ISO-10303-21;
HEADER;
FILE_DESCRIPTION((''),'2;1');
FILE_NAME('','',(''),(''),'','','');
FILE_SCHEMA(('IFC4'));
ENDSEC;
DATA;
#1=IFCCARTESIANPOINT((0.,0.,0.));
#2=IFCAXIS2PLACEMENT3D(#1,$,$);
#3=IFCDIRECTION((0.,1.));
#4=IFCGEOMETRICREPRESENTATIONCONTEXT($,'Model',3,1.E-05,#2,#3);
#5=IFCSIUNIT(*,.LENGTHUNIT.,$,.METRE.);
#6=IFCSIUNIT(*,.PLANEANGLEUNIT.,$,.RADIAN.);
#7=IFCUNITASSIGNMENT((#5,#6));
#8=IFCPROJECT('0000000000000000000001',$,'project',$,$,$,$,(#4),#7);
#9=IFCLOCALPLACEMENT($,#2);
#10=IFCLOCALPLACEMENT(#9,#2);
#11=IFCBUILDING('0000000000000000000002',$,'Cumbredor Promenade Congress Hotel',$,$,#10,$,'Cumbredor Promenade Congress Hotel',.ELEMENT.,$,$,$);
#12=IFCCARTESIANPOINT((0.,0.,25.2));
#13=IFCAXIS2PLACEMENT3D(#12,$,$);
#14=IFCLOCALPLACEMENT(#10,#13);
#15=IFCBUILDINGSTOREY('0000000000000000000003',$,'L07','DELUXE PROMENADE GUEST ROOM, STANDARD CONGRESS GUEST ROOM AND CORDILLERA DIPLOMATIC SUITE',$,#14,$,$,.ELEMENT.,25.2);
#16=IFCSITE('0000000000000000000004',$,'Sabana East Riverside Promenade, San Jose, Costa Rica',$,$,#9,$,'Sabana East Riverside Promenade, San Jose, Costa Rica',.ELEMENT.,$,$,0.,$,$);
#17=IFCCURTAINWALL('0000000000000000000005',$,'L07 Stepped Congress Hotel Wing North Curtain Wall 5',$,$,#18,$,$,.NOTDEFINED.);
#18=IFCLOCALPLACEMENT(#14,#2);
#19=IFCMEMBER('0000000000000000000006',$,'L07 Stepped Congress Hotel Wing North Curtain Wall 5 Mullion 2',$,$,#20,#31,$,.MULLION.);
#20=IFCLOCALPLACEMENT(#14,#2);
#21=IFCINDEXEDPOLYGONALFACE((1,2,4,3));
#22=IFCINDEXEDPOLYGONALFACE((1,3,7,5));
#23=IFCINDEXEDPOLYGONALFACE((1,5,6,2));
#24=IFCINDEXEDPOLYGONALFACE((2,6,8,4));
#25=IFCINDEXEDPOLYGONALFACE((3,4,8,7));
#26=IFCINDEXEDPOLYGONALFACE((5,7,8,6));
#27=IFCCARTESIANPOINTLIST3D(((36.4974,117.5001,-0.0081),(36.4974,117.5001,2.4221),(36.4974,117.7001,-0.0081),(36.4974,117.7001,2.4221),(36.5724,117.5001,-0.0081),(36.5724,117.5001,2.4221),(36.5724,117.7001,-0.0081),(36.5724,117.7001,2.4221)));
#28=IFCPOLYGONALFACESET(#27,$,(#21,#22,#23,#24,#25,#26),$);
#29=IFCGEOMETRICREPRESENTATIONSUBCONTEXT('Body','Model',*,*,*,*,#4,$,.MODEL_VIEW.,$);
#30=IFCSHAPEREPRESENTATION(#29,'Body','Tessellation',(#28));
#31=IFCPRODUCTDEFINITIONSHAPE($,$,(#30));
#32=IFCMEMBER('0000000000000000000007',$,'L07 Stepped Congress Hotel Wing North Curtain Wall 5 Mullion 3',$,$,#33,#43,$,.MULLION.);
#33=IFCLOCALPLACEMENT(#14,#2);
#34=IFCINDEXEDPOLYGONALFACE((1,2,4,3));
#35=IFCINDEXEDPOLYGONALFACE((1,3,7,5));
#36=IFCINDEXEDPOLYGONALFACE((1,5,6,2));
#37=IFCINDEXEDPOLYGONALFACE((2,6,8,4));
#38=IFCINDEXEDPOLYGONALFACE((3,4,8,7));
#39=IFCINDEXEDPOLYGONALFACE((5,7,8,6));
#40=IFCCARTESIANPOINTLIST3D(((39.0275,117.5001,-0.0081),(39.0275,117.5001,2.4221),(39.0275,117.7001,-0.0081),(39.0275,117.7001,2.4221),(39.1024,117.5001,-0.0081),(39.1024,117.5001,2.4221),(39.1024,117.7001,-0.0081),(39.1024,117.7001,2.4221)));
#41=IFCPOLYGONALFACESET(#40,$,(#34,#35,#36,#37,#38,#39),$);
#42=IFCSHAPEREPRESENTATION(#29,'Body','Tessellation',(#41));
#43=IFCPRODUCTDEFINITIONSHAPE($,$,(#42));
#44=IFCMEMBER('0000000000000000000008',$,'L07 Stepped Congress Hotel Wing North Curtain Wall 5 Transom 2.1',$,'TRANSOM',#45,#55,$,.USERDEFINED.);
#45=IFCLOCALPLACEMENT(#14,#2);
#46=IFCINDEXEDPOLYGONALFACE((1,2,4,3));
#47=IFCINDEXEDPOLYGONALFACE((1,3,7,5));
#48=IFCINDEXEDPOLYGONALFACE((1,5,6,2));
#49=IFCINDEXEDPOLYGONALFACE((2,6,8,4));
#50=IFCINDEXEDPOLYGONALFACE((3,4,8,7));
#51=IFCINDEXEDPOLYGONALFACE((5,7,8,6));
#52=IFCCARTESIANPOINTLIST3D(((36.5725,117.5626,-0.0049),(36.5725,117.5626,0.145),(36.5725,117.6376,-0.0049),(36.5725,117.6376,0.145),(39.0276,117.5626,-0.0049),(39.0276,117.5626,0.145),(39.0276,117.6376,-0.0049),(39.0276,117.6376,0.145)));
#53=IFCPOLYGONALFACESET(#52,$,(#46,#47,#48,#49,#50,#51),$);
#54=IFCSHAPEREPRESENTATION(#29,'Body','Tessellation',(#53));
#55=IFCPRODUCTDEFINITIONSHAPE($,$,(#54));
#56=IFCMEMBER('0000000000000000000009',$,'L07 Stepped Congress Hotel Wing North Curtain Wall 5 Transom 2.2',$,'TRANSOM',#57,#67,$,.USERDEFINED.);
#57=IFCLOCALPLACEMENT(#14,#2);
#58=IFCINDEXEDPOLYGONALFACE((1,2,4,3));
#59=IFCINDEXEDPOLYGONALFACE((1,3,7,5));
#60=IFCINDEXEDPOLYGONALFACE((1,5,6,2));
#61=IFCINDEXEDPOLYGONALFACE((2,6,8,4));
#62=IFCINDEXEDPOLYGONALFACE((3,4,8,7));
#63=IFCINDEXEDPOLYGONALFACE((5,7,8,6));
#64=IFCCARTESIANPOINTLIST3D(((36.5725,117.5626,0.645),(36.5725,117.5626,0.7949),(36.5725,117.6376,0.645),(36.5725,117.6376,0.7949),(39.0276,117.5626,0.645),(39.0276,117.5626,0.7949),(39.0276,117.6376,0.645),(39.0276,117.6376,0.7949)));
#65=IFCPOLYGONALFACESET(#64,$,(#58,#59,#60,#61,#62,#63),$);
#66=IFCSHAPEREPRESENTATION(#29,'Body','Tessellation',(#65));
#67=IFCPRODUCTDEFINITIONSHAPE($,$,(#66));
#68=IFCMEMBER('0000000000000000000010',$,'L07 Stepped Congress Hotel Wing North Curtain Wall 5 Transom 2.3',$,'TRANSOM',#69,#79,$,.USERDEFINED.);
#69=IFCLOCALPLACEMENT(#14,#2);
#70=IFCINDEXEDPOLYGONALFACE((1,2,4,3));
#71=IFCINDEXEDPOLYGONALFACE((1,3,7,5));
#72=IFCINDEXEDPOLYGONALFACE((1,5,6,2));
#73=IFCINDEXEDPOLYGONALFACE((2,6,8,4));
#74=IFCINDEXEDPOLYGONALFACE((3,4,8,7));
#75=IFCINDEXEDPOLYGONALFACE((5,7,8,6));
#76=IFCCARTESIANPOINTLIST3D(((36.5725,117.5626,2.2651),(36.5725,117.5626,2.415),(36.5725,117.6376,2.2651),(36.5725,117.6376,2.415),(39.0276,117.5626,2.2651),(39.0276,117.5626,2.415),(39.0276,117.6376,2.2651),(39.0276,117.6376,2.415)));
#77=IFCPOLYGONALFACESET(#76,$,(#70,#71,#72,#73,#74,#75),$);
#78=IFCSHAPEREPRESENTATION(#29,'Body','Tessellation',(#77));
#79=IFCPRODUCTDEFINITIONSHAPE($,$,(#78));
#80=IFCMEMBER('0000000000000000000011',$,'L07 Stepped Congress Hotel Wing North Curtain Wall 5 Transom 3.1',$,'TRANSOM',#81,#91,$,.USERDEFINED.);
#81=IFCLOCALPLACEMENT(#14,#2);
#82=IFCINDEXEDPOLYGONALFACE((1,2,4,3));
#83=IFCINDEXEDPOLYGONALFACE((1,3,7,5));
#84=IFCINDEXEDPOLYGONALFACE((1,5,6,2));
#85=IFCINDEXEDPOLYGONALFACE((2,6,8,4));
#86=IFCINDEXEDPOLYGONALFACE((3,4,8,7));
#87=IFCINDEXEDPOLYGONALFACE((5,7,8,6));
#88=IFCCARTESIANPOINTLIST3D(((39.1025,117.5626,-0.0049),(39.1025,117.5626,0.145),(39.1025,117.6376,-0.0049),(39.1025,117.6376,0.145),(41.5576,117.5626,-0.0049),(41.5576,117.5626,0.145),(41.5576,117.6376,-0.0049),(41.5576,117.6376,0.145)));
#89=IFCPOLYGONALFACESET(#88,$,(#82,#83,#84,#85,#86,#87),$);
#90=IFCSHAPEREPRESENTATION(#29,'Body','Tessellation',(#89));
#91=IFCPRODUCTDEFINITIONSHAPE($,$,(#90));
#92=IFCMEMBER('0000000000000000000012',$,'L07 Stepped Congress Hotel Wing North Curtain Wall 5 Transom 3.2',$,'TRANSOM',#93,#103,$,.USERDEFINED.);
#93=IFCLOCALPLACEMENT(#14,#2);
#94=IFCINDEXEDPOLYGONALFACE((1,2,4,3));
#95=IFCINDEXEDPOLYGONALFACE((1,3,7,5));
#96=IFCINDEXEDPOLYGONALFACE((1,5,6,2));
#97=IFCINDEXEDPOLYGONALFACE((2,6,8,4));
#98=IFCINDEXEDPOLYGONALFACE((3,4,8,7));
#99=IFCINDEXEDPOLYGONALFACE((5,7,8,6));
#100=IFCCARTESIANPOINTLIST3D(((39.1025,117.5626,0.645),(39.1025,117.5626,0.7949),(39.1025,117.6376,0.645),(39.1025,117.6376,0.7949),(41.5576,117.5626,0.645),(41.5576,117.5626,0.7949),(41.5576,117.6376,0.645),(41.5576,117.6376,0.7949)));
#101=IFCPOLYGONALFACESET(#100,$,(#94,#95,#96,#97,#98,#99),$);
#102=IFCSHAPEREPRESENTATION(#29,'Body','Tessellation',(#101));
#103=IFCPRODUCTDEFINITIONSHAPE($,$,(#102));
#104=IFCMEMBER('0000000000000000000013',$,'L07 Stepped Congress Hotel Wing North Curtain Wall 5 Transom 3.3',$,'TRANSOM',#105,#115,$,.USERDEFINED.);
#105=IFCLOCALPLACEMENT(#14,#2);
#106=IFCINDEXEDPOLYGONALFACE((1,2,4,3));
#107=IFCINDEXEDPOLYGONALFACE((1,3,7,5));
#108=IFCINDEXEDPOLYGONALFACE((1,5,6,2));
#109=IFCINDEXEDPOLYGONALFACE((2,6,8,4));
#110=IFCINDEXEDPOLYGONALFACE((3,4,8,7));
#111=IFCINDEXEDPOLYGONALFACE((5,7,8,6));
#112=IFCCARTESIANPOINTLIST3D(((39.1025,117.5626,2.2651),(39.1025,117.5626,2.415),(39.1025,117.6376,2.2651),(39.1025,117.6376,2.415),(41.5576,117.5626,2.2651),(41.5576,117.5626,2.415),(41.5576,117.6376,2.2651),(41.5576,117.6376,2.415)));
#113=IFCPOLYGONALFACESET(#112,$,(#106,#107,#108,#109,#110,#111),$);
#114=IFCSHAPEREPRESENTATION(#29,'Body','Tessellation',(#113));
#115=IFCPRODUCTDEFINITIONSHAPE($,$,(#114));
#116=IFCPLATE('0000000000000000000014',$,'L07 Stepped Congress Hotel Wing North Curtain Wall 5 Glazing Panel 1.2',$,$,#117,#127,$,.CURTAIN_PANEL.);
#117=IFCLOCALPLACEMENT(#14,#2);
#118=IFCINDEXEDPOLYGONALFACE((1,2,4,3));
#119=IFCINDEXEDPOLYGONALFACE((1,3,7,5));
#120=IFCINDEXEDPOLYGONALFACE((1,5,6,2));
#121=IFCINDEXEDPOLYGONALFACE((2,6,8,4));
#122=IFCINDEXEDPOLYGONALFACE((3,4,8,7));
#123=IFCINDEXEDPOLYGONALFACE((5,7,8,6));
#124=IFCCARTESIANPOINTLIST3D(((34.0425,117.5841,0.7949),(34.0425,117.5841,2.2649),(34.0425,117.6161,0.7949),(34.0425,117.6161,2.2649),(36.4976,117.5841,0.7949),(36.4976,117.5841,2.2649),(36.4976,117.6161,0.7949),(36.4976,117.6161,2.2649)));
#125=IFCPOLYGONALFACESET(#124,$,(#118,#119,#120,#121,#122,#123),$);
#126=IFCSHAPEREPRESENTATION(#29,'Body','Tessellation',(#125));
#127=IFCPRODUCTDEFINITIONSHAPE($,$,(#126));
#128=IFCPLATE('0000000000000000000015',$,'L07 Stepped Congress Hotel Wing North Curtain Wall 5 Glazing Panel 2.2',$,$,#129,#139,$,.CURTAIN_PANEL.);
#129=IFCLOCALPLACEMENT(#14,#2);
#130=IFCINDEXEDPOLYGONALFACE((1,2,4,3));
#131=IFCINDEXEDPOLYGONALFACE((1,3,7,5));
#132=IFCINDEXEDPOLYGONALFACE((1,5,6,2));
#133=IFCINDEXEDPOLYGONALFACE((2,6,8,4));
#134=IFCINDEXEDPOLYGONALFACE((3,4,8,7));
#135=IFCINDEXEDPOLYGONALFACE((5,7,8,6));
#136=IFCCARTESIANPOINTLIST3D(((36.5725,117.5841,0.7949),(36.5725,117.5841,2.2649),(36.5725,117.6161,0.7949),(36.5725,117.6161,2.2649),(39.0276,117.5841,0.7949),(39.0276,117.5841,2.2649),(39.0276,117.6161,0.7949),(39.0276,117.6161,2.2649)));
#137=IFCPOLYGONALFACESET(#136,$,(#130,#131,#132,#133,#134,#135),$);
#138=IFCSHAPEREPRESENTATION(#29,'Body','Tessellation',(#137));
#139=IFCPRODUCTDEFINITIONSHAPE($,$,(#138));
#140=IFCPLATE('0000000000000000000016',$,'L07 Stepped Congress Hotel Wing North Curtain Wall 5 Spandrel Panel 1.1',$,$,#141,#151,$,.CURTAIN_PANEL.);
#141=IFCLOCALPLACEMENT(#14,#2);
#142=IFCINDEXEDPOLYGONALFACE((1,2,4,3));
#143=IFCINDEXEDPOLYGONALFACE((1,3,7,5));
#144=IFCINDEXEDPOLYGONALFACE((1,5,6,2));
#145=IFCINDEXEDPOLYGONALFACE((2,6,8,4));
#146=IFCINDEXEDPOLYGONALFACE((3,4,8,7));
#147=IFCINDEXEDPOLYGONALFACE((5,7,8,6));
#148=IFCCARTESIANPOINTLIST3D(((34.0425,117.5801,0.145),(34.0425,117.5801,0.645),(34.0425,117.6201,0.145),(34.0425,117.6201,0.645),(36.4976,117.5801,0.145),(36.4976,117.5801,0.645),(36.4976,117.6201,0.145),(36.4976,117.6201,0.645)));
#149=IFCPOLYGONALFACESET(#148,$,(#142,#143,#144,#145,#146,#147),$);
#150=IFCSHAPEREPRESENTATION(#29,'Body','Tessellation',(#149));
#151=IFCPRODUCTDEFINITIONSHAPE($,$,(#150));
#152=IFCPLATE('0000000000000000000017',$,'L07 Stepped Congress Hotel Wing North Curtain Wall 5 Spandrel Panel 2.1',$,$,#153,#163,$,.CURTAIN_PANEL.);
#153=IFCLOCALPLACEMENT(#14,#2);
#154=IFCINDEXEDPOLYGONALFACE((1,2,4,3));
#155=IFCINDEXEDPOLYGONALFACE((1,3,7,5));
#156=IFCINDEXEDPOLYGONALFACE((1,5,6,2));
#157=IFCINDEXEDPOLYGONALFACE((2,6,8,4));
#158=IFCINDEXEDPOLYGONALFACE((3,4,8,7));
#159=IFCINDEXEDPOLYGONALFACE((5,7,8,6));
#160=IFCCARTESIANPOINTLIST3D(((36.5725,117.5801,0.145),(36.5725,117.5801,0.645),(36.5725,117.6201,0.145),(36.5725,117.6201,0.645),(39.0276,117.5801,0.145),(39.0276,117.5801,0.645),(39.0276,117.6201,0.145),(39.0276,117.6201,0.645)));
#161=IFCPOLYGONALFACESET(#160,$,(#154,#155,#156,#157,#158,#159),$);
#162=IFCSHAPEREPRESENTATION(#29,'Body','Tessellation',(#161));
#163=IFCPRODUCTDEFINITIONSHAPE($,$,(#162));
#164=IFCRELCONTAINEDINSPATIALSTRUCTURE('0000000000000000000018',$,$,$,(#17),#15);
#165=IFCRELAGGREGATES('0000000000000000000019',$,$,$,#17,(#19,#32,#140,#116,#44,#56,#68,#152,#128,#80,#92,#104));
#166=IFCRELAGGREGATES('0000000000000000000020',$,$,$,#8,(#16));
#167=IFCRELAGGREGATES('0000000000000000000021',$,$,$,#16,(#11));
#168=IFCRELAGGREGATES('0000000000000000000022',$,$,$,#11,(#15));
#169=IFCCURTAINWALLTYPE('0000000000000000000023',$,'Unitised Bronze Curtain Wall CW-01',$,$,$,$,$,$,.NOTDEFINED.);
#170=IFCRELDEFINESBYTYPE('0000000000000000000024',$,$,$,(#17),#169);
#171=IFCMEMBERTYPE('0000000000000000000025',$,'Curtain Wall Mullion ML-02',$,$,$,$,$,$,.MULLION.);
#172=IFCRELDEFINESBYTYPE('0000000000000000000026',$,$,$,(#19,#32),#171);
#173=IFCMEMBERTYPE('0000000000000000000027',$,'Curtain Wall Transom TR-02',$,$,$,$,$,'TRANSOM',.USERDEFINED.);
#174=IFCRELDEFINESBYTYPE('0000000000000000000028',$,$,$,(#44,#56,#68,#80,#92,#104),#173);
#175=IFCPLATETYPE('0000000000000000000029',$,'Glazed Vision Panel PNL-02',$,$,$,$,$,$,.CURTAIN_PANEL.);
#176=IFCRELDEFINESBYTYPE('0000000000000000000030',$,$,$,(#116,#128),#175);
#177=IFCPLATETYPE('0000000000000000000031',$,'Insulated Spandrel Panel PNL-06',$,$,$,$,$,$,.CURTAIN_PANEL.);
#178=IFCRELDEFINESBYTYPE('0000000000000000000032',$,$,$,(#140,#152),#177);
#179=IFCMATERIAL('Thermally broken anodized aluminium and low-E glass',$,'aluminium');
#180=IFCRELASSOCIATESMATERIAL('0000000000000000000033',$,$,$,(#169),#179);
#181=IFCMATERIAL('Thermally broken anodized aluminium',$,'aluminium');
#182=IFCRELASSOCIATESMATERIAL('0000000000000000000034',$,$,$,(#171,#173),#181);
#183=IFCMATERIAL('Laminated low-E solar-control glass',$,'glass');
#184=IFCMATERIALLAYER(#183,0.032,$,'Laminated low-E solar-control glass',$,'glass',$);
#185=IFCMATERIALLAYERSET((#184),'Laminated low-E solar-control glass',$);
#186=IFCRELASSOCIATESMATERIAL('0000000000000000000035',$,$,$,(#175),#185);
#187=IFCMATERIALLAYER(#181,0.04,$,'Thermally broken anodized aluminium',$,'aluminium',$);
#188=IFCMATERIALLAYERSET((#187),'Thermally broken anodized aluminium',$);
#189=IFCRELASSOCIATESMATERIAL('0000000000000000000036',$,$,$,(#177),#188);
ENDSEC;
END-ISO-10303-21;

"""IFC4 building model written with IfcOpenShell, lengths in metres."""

from ifc_helpers import new_model, si_unit, direction, frame, origin, origin_2d, place, context, subcontext, project, spatial, rectangle, extrude, material, layer, layer_set, material_profile, profile_set, type_object, element, aggregate, save


model = new_model("IFC4")

# Units and contexts
model_context = context("Model", 3, precision=1e-05, world=origin(), true_north=direction((0.0, 1.0)))
body_context = subcontext(model_context, "Body", "Model", "MODEL_VIEW")
ifc_project = project(units=[si_unit("LENGTHUNIT", "METRE"), si_unit("PLANEANGLEUNIT", "RADIAN")], contexts=[model_context])

# Site, building, storey
site_placement = place(None, origin())
site = spatial("IfcSite", under=ifc_project, at=site_placement, Name="Sabana East Riverside Promenade, San Jose, Costa Rica", LongName="Sabana East Riverside Promenade, San Jose, Costa Rica", CompositionType="ELEMENT", RefElevation=0.0)
building_placement = place(site_placement, origin())
building = spatial("IfcBuilding", under=site, at=building_placement, Name="Cumbredor Promenade Congress Hotel", LongName="Cumbredor Promenade Congress Hotel", CompositionType="ELEMENT")
storey_placement = place(building_placement, frame((0.0, 0.0, 25.2)))
storey = spatial("IfcBuildingStorey", under=building, at=storey_placement, Name="L07", Description="DELUXE PROMENADE GUEST ROOM, STANDARD CONGRESS GUEST ROOM AND CORDILLERA DIPLOMATIC SUITE", CompositionType="ELEMENT", Elevation=25.2)

# Curtain wall, members, plates
ifc_material_1 = material(Name="Thermally broken anodized aluminium and low-E glass", Category="aluminium")
curtain_wall_type = type_object("IfcCurtainWallType", Name="Unitised Bronze Curtain Wall CW-01", PredefinedType="NOTDEFINED", material=ifc_material_1)
curtain_wall_placement = place(storey_placement, origin())
curtain_wall = element("IfcCurtainWall", 1, at=curtain_wall_placement, inside=storey, type_object=curtain_wall_type, Name="L07 Stepped Congress Hotel Wing North Curtain Wall 5", PredefinedType="NOTDEFINED")
ifc_material_2 = material(Name="Thermally broken anodized aluminium", Category="aluminium")
ifc_material_profile_1 = material_profile(ifc_material_2, rectangle(XDim=0.075, YDim=0.2, at=origin_2d()), Name="ALU MULLION 75x200")
ifc_profile_set_1 = profile_set([ifc_material_profile_1], Name="Thermally broken anodized aluminium")
member_type_1 = type_object("IfcMemberType", Name="Curtain Wall Mullion ML-02", PredefinedType="MULLION", material=ifc_profile_set_1)
member_1_placement = place(storey_placement, frame((36.5349, 117.6001, -0.0081), z_axis=(0.0, 0.0, 1.0), x_axis=(1.0, 0.0, 0.0)))
member_1 = element("IfcMember", 2, at=member_1_placement, type_object=member_type_1, Name="L07 Stepped Congress Hotel Wing North Curtain Wall 5 Mullion 2", PredefinedType="MULLION", context=body_context, shape_type="SweptSolid", body=[
    extrude(rectangle(XDim=0.075, YDim=0.2, at=origin_2d()), origin(), (0.0, 0.0, 1.0), 2.4302),
])
member_2_placement = place(storey_placement, frame((39.0649, 117.6001, -0.0081), z_axis=(0.0, 0.0, 1.0), x_axis=(1.0, 0.0, 0.0)))
member_2 = element("IfcMember", 3, at=member_2_placement, type_object=member_type_1, Name="L07 Stepped Congress Hotel Wing North Curtain Wall 5 Mullion 3", PredefinedType="MULLION", context=body_context, shape_type="SweptSolid", body=[
    extrude(rectangle(XDim=0.075, YDim=0.2, at=origin_2d()), origin(), (0.0, 0.0, 1.0), 2.4302),
])
ifc_material_profile_2 = material_profile(ifc_material_2, rectangle(XDim=0.075, YDim=0.1499, at=origin_2d()), Name="ALU TRANSOM 75x150")
ifc_profile_set_2 = profile_set([ifc_material_profile_2], Name="Thermally broken anodized aluminium")
member_type_2 = type_object("IfcMemberType", Name="Curtain Wall Transom TR-02", ElementType="TRANSOM", PredefinedType="USERDEFINED", material=ifc_profile_set_2)
member_3_placement = place(storey_placement, frame((36.5725, 117.6001, 0.0701), z_axis=(1.0, 0.0, 0.0), x_axis=(0.0, 1.0, 0.0)))
member_3 = element("IfcMember", 4, at=member_3_placement, type_object=member_type_2, Name="L07 Stepped Congress Hotel Wing North Curtain Wall 5 Transom 2.1", ObjectType="TRANSOM", PredefinedType="USERDEFINED", context=body_context, shape_type="SweptSolid", body=[
    extrude(rectangle(XDim=0.075, YDim=0.1499, at=origin_2d()), origin(), (0.0, 0.0, 1.0), 2.4551),
])
member_4_placement = place(storey_placement, frame((36.5725, 117.6001, 0.72), z_axis=(1.0, 0.0, 0.0), x_axis=(0.0, 1.0, 0.0)))
member_4 = element("IfcMember", 5, at=member_4_placement, type_object=member_type_2, Name="L07 Stepped Congress Hotel Wing North Curtain Wall 5 Transom 2.2", ObjectType="TRANSOM", PredefinedType="USERDEFINED", context=body_context, shape_type="SweptSolid", body=[
    extrude(rectangle(XDim=0.075, YDim=0.1499, at=origin_2d()), origin(), (0.0, 0.0, 1.0), 2.4551),
])
member_5_placement = place(storey_placement, frame((36.5725, 117.6001, 2.3401), z_axis=(1.0, 0.0, 0.0), x_axis=(0.0, 1.0, 0.0)))
member_5 = element("IfcMember", 6, at=member_5_placement, type_object=member_type_2, Name="L07 Stepped Congress Hotel Wing North Curtain Wall 5 Transom 2.3", ObjectType="TRANSOM", PredefinedType="USERDEFINED", context=body_context, shape_type="SweptSolid", body=[
    extrude(rectangle(XDim=0.075, YDim=0.1499, at=origin_2d()), origin(), (0.0, 0.0, 1.0), 2.4551),
])
member_6_placement = place(storey_placement, frame((39.1025, 117.6001, 0.0701), z_axis=(1.0, 0.0, 0.0), x_axis=(0.0, 1.0, 0.0)))
member_6 = element("IfcMember", 7, at=member_6_placement, type_object=member_type_2, Name="L07 Stepped Congress Hotel Wing North Curtain Wall 5 Transom 3.1", ObjectType="TRANSOM", PredefinedType="USERDEFINED", context=body_context, shape_type="SweptSolid", body=[
    extrude(rectangle(XDim=0.075, YDim=0.1499, at=origin_2d()), origin(), (0.0, 0.0, 1.0), 2.4551),
])
member_7_placement = place(storey_placement, frame((39.1025, 117.6001, 0.72), z_axis=(1.0, 0.0, 0.0), x_axis=(0.0, 1.0, 0.0)))
member_7 = element("IfcMember", 8, at=member_7_placement, type_object=member_type_2, Name="L07 Stepped Congress Hotel Wing North Curtain Wall 5 Transom 3.2", ObjectType="TRANSOM", PredefinedType="USERDEFINED", context=body_context, shape_type="SweptSolid", body=[
    extrude(rectangle(XDim=0.075, YDim=0.1499, at=origin_2d()), origin(), (0.0, 0.0, 1.0), 2.4551),
])
member_8_placement = place(storey_placement, frame((39.1025, 117.6001, 2.3401), z_axis=(1.0, 0.0, 0.0), x_axis=(0.0, 1.0, 0.0)))
member_8 = element("IfcMember", 9, at=member_8_placement, type_object=member_type_2, Name="L07 Stepped Congress Hotel Wing North Curtain Wall 5 Transom 3.3", ObjectType="TRANSOM", PredefinedType="USERDEFINED", context=body_context, shape_type="SweptSolid", body=[
    extrude(rectangle(XDim=0.075, YDim=0.1499, at=origin_2d()), origin(), (0.0, 0.0, 1.0), 2.4551),
])
ifc_material_3 = material(Name="Laminated low-E solar-control glass", Category="glass")
ifc_layer_1 = layer(ifc_material_3, 0.032, Name="Laminated low-E solar-control glass", Category="glass")
ifc_layer_set_1 = layer_set([ifc_layer_1], Name="Laminated low-E solar-control glass")
plate_type_1 = type_object("IfcPlateType", Name="Glazed Vision Panel PNL-02", PredefinedType="CURTAIN_PANEL", material=ifc_layer_set_1)
plate_1_placement = place(storey_placement, frame((35.27, 117.6001, 0.7949), z_axis=(0.0, 0.0, 1.0), x_axis=(1.0, 0.0, 0.0)))
plate_1 = element("IfcPlate", 10, at=plate_1_placement, type_object=plate_type_1, Name="L07 Stepped Congress Hotel Wing North Curtain Wall 5 Glazing Panel 1.2", PredefinedType="CURTAIN_PANEL", context=body_context, shape_type="SweptSolid", body=[
    extrude(rectangle(XDim=2.4551, YDim=0.032, at=origin_2d()), origin(), (0.0, 0.0, 1.0), 1.47),
])
plate_2_placement = place(storey_placement, frame((37.8, 117.6001, 0.7949), z_axis=(0.0, 0.0, 1.0), x_axis=(1.0, 0.0, 0.0)))
plate_2 = element("IfcPlate", 11, at=plate_2_placement, type_object=plate_type_1, Name="L07 Stepped Congress Hotel Wing North Curtain Wall 5 Glazing Panel 2.2", PredefinedType="CURTAIN_PANEL", context=body_context, shape_type="SweptSolid", body=[
    extrude(rectangle(XDim=2.4551, YDim=0.032, at=origin_2d()), origin(), (0.0, 0.0, 1.0), 1.47),
])
ifc_layer_2 = layer(ifc_material_2, 0.04, Name="Thermally broken anodized aluminium", Category="aluminium")
ifc_layer_set_2 = layer_set([ifc_layer_2], Name="Thermally broken anodized aluminium")
plate_type_2 = type_object("IfcPlateType", Name="Insulated Spandrel Panel PNL-06", PredefinedType="CURTAIN_PANEL", material=ifc_layer_set_2)
plate_3_placement = place(storey_placement, frame((35.27, 117.6001, 0.145), z_axis=(0.0, 0.0, 1.0), x_axis=(1.0, 0.0, 0.0)))
plate_3 = element("IfcPlate", 12, at=plate_3_placement, type_object=plate_type_2, Name="L07 Stepped Congress Hotel Wing North Curtain Wall 5 Spandrel Panel 1.1", PredefinedType="CURTAIN_PANEL", context=body_context, shape_type="SweptSolid", body=[
    extrude(rectangle(XDim=2.4551, YDim=0.04, at=origin_2d()), origin(), (0.0, 0.0, 1.0), 0.5),
])
plate_4_placement = place(storey_placement, frame((37.8, 117.6001, 0.145), z_axis=(0.0, 0.0, 1.0), x_axis=(1.0, 0.0, 0.0)))
plate_4 = element("IfcPlate", 13, at=plate_4_placement, type_object=plate_type_2, Name="L07 Stepped Congress Hotel Wing North Curtain Wall 5 Spandrel Panel 2.1", PredefinedType="CURTAIN_PANEL", context=body_context, shape_type="SweptSolid", body=[
    extrude(rectangle(XDim=2.4551, YDim=0.04, at=origin_2d()), origin(), (0.0, 0.0, 1.0), 0.5),
])
aggregate(curtain_wall, [member_1, member_2, plate_3, plate_1, member_3, member_4, member_5, plate_4, plate_2, member_6, member_7, member_8])

save(model, "model.ifc")
